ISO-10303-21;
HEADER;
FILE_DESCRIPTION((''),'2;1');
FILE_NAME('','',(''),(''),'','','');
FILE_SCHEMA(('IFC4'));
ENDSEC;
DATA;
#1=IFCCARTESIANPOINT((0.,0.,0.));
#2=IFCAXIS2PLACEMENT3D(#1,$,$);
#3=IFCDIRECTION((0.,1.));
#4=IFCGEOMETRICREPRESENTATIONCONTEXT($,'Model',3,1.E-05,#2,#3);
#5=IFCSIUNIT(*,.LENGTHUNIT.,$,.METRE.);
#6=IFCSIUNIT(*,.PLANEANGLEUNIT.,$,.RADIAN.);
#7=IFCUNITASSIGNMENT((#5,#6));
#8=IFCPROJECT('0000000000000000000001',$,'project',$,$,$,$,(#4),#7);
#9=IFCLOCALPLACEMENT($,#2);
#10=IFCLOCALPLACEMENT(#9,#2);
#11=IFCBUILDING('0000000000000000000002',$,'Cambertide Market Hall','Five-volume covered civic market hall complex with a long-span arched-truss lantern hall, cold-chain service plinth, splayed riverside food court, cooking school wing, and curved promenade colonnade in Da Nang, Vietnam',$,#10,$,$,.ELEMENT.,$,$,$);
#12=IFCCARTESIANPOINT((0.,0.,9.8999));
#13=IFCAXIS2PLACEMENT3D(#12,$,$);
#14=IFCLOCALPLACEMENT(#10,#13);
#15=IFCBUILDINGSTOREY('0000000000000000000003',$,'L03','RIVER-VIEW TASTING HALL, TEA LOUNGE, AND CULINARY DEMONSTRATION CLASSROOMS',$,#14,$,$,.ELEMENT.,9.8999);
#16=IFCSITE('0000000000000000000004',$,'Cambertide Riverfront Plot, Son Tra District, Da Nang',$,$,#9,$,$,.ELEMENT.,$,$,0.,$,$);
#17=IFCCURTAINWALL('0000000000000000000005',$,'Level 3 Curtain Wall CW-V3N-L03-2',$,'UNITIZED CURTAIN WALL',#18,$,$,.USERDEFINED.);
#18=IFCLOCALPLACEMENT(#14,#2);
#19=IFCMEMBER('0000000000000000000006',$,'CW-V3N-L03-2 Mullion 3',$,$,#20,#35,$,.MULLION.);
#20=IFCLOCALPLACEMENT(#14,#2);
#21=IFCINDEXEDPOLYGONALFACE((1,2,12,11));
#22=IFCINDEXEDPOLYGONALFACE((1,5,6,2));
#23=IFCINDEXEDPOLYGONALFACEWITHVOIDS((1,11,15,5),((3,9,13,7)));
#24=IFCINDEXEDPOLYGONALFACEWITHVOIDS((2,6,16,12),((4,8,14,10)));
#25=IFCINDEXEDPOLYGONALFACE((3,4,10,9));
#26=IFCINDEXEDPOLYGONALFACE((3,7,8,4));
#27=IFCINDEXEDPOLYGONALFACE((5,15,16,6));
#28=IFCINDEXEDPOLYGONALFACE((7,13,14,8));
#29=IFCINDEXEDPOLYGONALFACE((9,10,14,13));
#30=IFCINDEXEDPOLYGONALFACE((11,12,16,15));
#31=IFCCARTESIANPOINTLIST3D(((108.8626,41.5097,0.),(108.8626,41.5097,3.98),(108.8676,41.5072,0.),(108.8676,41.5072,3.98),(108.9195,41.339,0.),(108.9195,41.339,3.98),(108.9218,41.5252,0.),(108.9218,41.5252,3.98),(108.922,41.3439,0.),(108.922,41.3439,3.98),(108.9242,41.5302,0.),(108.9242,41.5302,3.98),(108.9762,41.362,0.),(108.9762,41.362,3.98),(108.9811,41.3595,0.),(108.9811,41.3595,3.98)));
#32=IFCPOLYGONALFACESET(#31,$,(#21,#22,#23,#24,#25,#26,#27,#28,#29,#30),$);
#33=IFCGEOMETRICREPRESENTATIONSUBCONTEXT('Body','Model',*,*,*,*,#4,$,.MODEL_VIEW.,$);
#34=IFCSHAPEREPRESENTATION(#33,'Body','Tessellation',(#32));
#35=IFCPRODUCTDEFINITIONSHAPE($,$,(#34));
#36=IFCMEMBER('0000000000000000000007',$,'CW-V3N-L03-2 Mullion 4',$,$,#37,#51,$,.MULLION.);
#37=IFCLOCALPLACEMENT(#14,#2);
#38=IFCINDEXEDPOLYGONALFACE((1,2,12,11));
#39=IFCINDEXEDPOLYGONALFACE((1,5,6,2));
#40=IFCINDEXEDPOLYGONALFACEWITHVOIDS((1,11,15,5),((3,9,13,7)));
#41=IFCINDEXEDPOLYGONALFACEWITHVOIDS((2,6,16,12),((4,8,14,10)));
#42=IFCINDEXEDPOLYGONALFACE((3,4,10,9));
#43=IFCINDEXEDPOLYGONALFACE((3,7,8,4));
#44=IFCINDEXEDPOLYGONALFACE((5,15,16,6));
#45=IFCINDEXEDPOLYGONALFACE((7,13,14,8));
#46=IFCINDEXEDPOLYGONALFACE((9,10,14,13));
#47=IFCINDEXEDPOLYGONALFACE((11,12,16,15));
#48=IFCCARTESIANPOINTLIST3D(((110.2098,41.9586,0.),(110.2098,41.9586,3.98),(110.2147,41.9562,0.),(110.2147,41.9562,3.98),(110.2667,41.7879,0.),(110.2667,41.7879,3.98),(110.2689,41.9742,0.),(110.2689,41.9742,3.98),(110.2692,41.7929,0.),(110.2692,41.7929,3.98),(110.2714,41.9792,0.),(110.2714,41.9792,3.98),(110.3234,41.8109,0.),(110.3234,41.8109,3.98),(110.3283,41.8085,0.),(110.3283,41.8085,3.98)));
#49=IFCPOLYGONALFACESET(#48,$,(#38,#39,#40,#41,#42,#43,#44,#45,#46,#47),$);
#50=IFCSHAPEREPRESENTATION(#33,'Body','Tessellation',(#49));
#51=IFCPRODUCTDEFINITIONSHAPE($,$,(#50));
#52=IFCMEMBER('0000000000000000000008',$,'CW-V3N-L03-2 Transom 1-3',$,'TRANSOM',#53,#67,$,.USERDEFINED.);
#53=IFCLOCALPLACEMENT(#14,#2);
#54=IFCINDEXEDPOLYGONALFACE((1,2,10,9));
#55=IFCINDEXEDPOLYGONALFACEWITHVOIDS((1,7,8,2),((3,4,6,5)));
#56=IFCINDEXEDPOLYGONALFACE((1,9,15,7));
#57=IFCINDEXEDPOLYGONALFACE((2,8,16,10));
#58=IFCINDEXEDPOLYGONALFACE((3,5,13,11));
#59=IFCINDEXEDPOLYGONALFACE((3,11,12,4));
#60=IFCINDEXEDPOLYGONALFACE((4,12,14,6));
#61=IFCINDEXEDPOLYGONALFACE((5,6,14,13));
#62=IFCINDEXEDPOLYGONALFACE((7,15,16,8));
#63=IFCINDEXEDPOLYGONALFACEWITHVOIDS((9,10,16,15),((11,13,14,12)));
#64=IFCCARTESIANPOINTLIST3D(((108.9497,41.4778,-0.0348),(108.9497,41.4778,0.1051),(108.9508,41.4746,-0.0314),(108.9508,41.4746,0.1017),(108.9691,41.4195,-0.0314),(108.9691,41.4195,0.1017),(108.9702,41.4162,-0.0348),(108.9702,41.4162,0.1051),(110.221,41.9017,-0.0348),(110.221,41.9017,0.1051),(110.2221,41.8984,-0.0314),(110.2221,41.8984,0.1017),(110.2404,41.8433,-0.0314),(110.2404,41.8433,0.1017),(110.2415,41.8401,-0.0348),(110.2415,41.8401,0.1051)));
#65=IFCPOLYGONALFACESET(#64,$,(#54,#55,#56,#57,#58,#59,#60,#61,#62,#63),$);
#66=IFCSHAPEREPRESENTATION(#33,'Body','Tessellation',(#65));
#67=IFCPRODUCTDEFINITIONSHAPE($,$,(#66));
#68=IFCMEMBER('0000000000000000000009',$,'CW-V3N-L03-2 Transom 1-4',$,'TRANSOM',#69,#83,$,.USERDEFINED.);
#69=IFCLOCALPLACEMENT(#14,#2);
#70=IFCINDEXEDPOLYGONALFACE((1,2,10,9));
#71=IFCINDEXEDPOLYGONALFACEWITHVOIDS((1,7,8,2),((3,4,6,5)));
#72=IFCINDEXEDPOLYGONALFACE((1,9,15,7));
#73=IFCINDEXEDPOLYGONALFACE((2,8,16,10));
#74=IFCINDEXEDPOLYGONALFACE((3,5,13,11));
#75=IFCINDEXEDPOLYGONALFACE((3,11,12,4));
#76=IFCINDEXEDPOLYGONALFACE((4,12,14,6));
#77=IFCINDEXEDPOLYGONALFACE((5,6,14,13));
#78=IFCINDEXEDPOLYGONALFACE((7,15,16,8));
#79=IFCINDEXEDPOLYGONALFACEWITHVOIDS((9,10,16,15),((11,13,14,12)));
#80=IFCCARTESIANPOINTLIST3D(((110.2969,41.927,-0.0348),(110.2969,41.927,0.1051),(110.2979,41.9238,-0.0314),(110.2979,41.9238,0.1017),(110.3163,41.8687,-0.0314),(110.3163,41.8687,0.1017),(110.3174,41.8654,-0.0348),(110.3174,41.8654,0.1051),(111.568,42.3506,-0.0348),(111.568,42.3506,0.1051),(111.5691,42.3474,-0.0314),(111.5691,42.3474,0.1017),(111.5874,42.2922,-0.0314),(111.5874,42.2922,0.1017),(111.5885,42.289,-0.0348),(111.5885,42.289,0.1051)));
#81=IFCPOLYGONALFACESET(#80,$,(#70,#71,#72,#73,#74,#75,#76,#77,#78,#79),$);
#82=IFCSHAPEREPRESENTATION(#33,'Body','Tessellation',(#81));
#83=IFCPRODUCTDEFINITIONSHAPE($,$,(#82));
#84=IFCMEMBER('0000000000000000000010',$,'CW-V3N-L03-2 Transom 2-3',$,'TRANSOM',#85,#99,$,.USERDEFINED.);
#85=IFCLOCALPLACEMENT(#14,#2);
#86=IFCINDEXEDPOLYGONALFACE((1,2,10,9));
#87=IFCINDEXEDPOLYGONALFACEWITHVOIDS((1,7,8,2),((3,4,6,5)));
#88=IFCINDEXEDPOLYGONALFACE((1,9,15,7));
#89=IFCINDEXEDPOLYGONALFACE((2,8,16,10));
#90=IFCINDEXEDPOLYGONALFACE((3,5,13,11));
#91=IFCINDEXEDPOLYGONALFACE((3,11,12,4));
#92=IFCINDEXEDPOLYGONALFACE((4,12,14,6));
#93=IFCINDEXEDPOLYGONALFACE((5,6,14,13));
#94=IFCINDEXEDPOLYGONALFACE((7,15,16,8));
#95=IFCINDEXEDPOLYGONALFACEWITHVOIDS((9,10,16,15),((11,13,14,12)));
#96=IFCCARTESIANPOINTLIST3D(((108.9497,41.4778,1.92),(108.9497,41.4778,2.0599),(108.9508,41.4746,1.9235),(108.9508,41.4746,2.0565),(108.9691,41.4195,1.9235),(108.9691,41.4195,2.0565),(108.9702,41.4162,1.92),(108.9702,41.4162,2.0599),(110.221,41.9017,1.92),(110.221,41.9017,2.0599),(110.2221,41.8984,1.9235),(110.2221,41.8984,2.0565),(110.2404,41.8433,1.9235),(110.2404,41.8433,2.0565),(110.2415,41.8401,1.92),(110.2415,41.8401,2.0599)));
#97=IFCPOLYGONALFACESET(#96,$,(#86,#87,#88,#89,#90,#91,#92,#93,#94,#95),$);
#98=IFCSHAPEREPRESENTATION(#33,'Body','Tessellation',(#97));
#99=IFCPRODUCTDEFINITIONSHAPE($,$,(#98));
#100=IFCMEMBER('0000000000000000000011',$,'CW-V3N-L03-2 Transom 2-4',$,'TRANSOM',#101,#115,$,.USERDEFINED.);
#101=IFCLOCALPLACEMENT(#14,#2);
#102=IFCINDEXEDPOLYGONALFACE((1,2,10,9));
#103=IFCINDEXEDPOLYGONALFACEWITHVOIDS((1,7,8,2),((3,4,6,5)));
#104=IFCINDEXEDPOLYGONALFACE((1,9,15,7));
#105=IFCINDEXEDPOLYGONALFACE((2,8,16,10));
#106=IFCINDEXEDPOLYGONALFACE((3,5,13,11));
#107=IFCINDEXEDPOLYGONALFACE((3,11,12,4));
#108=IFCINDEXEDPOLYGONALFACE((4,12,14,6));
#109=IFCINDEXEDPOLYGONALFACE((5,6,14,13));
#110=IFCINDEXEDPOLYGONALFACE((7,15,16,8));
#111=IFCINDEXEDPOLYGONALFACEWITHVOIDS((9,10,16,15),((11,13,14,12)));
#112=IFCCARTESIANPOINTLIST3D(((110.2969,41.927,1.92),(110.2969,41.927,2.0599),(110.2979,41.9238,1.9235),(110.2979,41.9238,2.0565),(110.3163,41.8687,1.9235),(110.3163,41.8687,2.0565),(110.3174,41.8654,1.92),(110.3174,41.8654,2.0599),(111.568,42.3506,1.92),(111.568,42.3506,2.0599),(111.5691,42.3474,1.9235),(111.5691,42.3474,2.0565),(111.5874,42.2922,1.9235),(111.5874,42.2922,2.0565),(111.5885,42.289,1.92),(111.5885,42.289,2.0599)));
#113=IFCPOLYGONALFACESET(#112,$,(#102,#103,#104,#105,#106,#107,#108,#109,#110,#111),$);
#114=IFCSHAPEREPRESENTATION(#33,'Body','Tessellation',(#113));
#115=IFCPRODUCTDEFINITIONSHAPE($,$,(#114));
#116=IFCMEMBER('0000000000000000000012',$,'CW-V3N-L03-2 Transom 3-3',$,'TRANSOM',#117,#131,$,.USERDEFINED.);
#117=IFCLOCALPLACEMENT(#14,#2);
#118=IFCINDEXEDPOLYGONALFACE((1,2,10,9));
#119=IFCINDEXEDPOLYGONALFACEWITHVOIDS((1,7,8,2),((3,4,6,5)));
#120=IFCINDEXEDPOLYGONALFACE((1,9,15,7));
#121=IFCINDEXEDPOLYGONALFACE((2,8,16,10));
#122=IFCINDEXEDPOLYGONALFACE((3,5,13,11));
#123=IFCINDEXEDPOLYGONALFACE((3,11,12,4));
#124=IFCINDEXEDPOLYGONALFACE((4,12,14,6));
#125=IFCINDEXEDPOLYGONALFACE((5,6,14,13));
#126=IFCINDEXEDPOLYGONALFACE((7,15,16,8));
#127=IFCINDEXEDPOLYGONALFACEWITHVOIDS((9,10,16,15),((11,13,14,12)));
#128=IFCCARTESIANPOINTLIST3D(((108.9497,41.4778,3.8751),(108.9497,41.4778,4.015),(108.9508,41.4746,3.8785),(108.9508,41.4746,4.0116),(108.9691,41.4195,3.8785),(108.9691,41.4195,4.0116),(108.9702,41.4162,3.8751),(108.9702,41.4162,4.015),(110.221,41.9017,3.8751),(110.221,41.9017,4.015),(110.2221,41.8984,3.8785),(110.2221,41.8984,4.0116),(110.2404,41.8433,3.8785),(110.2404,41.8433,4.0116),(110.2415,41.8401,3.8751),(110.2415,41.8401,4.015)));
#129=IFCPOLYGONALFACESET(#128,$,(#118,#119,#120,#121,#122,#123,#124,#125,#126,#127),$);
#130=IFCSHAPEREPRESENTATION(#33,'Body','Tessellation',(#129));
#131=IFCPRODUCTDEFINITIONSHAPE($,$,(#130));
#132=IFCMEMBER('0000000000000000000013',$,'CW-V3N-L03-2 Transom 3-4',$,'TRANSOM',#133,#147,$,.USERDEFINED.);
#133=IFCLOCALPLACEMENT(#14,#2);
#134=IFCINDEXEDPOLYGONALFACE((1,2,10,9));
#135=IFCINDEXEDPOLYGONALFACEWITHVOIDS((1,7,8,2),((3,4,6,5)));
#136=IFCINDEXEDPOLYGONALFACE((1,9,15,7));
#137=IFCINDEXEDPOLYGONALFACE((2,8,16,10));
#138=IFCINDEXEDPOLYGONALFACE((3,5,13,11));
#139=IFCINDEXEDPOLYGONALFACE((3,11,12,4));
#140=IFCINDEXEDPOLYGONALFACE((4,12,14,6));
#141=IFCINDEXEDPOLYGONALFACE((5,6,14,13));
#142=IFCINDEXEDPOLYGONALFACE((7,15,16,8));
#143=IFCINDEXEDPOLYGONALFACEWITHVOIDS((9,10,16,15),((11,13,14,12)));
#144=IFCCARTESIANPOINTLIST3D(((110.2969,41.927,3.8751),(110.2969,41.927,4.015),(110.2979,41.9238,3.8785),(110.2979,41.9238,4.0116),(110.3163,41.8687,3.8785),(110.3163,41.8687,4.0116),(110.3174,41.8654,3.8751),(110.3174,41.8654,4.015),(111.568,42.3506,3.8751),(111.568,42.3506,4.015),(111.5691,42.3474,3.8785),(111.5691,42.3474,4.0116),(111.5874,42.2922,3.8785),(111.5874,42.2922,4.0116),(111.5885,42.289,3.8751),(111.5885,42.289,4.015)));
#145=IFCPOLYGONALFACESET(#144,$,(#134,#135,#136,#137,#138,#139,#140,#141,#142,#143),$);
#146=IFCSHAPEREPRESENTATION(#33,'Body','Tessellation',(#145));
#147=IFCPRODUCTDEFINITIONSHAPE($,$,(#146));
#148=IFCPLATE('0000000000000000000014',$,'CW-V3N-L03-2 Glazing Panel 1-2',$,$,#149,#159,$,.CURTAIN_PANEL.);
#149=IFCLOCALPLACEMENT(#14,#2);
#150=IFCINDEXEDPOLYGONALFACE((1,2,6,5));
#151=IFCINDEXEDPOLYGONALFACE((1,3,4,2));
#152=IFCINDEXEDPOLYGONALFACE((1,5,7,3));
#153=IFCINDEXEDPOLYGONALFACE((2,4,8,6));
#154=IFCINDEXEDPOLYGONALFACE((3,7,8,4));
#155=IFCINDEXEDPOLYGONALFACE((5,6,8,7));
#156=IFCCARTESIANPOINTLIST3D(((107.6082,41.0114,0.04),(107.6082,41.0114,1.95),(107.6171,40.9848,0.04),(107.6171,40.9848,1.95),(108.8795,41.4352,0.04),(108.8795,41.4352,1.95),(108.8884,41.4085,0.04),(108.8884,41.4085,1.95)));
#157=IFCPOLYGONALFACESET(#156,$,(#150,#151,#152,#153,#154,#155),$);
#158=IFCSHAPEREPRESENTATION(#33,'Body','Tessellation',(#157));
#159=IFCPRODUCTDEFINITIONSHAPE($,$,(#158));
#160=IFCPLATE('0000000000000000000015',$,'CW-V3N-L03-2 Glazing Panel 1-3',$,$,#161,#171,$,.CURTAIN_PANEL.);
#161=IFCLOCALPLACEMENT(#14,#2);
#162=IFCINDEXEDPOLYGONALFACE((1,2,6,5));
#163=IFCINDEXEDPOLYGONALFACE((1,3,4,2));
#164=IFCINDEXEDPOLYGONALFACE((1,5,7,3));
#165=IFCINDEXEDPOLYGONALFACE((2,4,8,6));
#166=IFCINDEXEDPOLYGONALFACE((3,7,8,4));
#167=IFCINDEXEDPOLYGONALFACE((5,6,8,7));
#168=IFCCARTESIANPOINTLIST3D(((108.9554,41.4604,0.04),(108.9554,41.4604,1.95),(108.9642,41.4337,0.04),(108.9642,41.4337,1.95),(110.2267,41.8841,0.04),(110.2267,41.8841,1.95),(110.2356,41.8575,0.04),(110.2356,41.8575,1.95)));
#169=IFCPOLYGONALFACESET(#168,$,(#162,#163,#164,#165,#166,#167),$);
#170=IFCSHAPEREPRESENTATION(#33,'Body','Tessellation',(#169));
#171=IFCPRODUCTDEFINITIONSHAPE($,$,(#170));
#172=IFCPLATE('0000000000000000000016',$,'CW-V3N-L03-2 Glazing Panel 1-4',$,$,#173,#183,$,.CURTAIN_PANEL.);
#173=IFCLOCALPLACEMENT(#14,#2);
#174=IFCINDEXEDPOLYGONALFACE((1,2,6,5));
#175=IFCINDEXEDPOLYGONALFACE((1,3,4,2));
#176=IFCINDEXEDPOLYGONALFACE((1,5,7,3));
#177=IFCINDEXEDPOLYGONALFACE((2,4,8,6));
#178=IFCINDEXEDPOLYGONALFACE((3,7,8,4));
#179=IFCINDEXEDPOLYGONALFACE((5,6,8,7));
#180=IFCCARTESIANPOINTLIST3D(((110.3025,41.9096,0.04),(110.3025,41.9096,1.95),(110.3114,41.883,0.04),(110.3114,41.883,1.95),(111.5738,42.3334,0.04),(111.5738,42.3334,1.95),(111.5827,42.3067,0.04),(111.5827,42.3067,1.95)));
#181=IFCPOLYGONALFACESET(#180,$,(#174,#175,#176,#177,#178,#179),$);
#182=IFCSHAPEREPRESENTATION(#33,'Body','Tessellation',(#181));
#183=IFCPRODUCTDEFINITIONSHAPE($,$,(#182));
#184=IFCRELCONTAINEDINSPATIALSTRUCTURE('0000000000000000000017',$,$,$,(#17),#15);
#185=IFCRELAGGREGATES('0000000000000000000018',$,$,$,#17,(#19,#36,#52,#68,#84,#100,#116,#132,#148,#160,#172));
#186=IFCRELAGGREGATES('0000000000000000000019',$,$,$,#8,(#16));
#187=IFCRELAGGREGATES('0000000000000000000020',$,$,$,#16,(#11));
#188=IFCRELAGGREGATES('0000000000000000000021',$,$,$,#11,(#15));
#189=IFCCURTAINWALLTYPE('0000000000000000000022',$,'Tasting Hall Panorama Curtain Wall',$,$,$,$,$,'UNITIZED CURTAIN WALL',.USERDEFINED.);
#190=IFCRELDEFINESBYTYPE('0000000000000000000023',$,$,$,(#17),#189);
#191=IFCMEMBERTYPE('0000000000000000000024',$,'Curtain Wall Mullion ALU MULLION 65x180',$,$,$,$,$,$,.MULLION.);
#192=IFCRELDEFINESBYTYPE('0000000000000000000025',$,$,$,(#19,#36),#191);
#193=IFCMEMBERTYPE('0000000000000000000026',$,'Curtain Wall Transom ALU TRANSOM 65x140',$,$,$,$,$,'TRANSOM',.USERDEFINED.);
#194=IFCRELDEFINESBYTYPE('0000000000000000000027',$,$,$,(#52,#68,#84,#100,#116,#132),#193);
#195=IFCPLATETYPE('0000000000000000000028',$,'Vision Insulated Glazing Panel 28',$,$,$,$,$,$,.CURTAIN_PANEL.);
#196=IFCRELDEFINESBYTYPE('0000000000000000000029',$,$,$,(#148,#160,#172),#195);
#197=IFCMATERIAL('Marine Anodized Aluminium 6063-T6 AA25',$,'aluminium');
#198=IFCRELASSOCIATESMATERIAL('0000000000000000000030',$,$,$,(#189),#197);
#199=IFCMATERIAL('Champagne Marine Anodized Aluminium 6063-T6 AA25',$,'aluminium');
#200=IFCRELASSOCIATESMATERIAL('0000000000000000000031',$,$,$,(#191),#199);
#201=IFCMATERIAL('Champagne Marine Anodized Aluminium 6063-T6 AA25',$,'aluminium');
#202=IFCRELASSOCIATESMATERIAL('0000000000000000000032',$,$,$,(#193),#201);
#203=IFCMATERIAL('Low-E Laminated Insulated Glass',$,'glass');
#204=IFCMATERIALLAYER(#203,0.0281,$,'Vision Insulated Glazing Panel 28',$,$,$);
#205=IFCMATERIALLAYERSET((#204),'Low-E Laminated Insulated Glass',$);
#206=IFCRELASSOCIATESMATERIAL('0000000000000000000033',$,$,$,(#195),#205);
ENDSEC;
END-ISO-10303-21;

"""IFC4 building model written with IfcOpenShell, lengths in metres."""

from ifc_helpers import new_model, si_unit, direction, frame, origin, origin_2d, place, context, subcontext, project, spatial, rectangle, hollow_rectangle, extrude, material, layer, layer_set, material_profile, profile_set, type_object, element, aggregate, save


model = new_model("IFC4")

# Units and contexts
model_context = context("Model", 3, precision=1e-05, world=origin(), true_north=direction((0.0, 1.0)))
body_context = subcontext(model_context, "Body", "Model", "MODEL_VIEW")
ifc_project = project(units=[si_unit("LENGTHUNIT", "METRE"), si_unit("PLANEANGLEUNIT", "RADIAN")], contexts=[model_context])

# Site, building, storey
site_placement = place(None, origin())
site = spatial("IfcSite", under=ifc_project, at=site_placement, Name="Cambertide Riverfront Plot, Son Tra District, Da Nang", CompositionType="ELEMENT", RefElevation=0.0)
building_placement = place(site_placement, origin())
building = spatial("IfcBuilding", under=site, at=building_placement, Name="Cambertide Market Hall", Description="Five-volume covered civic market hall complex with a long-span arched-truss lantern hall, cold-chain service plinth, splayed riverside food court, cooking school wing, and curved promenade colonnade in Da Nang, Vietnam", CompositionType="ELEMENT")
storey_placement = place(building_placement, frame((0.0, 0.0, 9.8999)))
storey = spatial("IfcBuildingStorey", under=building, at=storey_placement, Name="L03", Description="RIVER-VIEW TASTING HALL, TEA LOUNGE, AND CULINARY DEMONSTRATION CLASSROOMS", CompositionType="ELEMENT", Elevation=9.8999)

# Curtain wall, members, plates
ifc_material_1 = material(Name="Marine Anodized Aluminium 6063-T6 AA25", Category="aluminium")
curtain_wall_type = type_object("IfcCurtainWallType", Name="Tasting Hall Panorama Curtain Wall", ElementType="UNITIZED CURTAIN WALL", PredefinedType="USERDEFINED", material=ifc_material_1)
curtain_wall_placement = place(storey_placement, origin())
curtain_wall = element("IfcCurtainWall", 1, at=curtain_wall_placement, inside=storey, type_object=curtain_wall_type, Name="Level 3 Curtain Wall CW-V3N-L03-2", ObjectType="UNITIZED CURTAIN WALL", PredefinedType="USERDEFINED")
ifc_material_2 = material(Name="Champagne Marine Anodized Aluminium 6063-T6 AA25", Category="aluminium")
ifc_material_profile_1 = material_profile(ifc_material_2, hollow_rectangle(XDim=0.0649, YDim=0.1799, WallThickness=0.0039, at=origin_2d()), Name="ALU MULLION 65x180")
ifc_profile_set_1 = profile_set([ifc_material_profile_1], Name="Champagne Marine Anodized Aluminium 6063-T6 AA25")
member_type_1 = type_object("IfcMemberType", Name="Curtain Wall Mullion ALU MULLION 65x180", PredefinedType="MULLION", material=ifc_profile_set_1)
member_1_placement = place(storey_placement, frame((108.9219, 41.4346, 0.0), z_axis=(0.0, 0.0, 1.0), x_axis=(0.948683, 0.316228, 0.0)))
member_1 = element("IfcMember", 2, at=member_1_placement, type_object=member_type_1, Name="CW-V3N-L03-2 Mullion 3", PredefinedType="MULLION", context=body_context, shape_type="SweptSolid", body=[
    extrude(hollow_rectangle(XDim=0.0649, YDim=0.1799, WallThickness=0.0039, at=origin_2d()), origin(), (0.0, 0.0, 1.0), 3.98),
])
member_2_placement = place(storey_placement, frame((110.269, 41.8835, 0.0), z_axis=(0.0, 0.0, 1.0), x_axis=(0.948683, 0.316228, 0.0)))
member_2 = element("IfcMember", 3, at=member_2_placement, type_object=member_type_1, Name="CW-V3N-L03-2 Mullion 4", PredefinedType="MULLION", context=body_context, shape_type="SweptSolid", body=[
    extrude(hollow_rectangle(XDim=0.0649, YDim=0.1799, WallThickness=0.0039, at=origin_2d()), origin(), (0.0, 0.0, 1.0), 3.98),
])
ifc_material_3 = material(Name="Champagne Marine Anodized Aluminium 6063-T6 AA25", Category="aluminium")
ifc_material_profile_2 = material_profile(ifc_material_3, hollow_rectangle(XDim=0.0649, YDim=0.1399, WallThickness=0.0034, at=origin_2d()), Name="ALU TRANSOM 65x140")
ifc_profile_set_2 = profile_set([ifc_material_profile_2], Name="Champagne Marine Anodized Aluminium 6063-T6 AA25")
member_type_2 = type_object("IfcMemberType", Name="Curtain Wall Transom ALU TRANSOM 65x140", ElementType="TRANSOM", PredefinedType="USERDEFINED", material=ifc_profile_set_2)
member_3_placement = place(storey_placement, frame((108.96, 41.447, 0.0352), z_axis=(0.948665, 0.316282, 0.0), x_axis=(-0.316282, 0.948665, 0.0)))
member_3 = element("IfcMember", 4, at=member_3_placement, type_object=member_type_2, Name="CW-V3N-L03-2 Transom 1-3", ObjectType="TRANSOM", PredefinedType="USERDEFINED", context=body_context, shape_type="SweptSolid", body=[
    extrude(hollow_rectangle(XDim=0.0649, YDim=0.1399, WallThickness=0.0034, at=origin_2d()), origin(), (0.0, 0.0, 1.0), 1.3401),
])
member_4_placement = place(storey_placement, frame((110.3071, 41.8962, 0.0352), z_axis=(0.94872, 0.316118, 0.0), x_axis=(-0.316118, 0.94872, 0.0)))
member_4 = element("IfcMember", 5, at=member_4_placement, type_object=member_type_2, Name="CW-V3N-L03-2 Transom 1-4", ObjectType="TRANSOM", PredefinedType="USERDEFINED", context=body_context, shape_type="SweptSolid", body=[
    extrude(hollow_rectangle(XDim=0.0649, YDim=0.1399, WallThickness=0.0034, at=origin_2d()), origin(), (0.0, 0.0, 1.0), 1.3398),
])
member_5_placement = place(storey_placement, frame((108.96, 41.447, 1.99), z_axis=(0.948665, 0.316282, 0.0), x_axis=(-0.316282, 0.948665, 0.0)))
member_5 = element("IfcMember", 6, at=member_5_placement, type_object=member_type_2, Name="CW-V3N-L03-2 Transom 2-3", ObjectType="TRANSOM", PredefinedType="USERDEFINED", context=body_context, shape_type="SweptSolid", body=[
    extrude(hollow_rectangle(XDim=0.0649, YDim=0.1399, WallThickness=0.0034, at=origin_2d()), origin(), (0.0, 0.0, 1.0), 1.3401),
])
member_6_placement = place(storey_placement, frame((110.3071, 41.8962, 1.99), z_axis=(0.94872, 0.316118, 0.0), x_axis=(-0.316118, 0.94872, 0.0)))
member_6 = element("IfcMember", 7, at=member_6_placement, type_object=member_type_2, Name="CW-V3N-L03-2 Transom 2-4", ObjectType="TRANSOM", PredefinedType="USERDEFINED", context=body_context, shape_type="SweptSolid", body=[
    extrude(hollow_rectangle(XDim=0.0649, YDim=0.1399, WallThickness=0.0034, at=origin_2d()), origin(), (0.0, 0.0, 1.0), 1.3398),
])
member_7_placement = place(storey_placement, frame((108.96, 41.447, 3.9451), z_axis=(0.948665, 0.316282, 0.0), x_axis=(-0.316282, 0.948665, 0.0)))
member_7 = element("IfcMember", 8, at=member_7_placement, type_object=member_type_2, Name="CW-V3N-L03-2 Transom 3-3", ObjectType="TRANSOM", PredefinedType="USERDEFINED", context=body_context, shape_type="SweptSolid", body=[
    extrude(hollow_rectangle(XDim=0.0649, YDim=0.1399, WallThickness=0.0034, at=origin_2d()), origin(), (0.0, 0.0, 1.0), 1.3401),
])
member_8_placement = place(storey_placement, frame((110.3071, 41.8962, 3.9451), z_axis=(0.94872, 0.316118, 0.0), x_axis=(-0.316118, 0.94872, 0.0)))
member_8 = element("IfcMember", 9, at=member_8_placement, type_object=member_type_2, Name="CW-V3N-L03-2 Transom 3-4", ObjectType="TRANSOM", PredefinedType="USERDEFINED", context=body_context, shape_type="SweptSolid", body=[
    extrude(hollow_rectangle(XDim=0.0649, YDim=0.1399, WallThickness=0.0034, at=origin_2d()), origin(), (0.0, 0.0, 1.0), 1.3398),
])
ifc_material_4 = material(Name="Low-E Laminated Insulated Glass", Category="glass")
ifc_layer_1 = layer(ifc_material_4, 0.0281, Name="Vision Insulated Glazing Panel 28")
ifc_layer_set_1 = layer_set([ifc_layer_1], Name="Low-E Laminated Insulated Glass")
plate_type = type_object("IfcPlateType", Name="Vision Insulated Glazing Panel 28", PredefinedType="CURTAIN_PANEL", material=ifc_layer_set_1)
plate_1_placement = place(storey_placement, frame((108.2483, 41.21, 0.04), z_axis=(0.0, 0.0, 1.0), x_axis=(0.948683, 0.316228, 0.0)))
plate_1 = element("IfcPlate", 10, at=plate_1_placement, type_object=plate_type, Name="CW-V3N-L03-2 Glazing Panel 1-2", PredefinedType="CURTAIN_PANEL", context=body_context, shape_type="SweptSolid", body=[
    extrude(rectangle(XDim=1.3401, YDim=0.0281, at=origin_2d()), origin(), (0.0, 0.0, 1.0), 1.9099),
])
plate_2_placement = place(storey_placement, frame((109.5955, 41.6589, 0.04), z_axis=(0.0, 0.0, 1.0), x_axis=(0.948683, 0.316228, 0.0)))
plate_2 = element("IfcPlate", 11, at=plate_2_placement, type_object=plate_type, Name="CW-V3N-L03-2 Glazing Panel 1-3", PredefinedType="CURTAIN_PANEL", context=body_context, shape_type="SweptSolid", body=[
    extrude(rectangle(XDim=1.3401, YDim=0.0281, at=origin_2d()), origin(), (0.0, 0.0, 1.0), 1.9099),
])
plate_3_placement = place(storey_placement, frame((110.9426, 42.1082, 0.04), z_axis=(0.0, 0.0, 1.0), x_axis=(0.948683, 0.316228, 0.0)))
plate_3 = element("IfcPlate", 12, at=plate_3_placement, type_object=plate_type, Name="CW-V3N-L03-2 Glazing Panel 1-4", PredefinedType="CURTAIN_PANEL", context=body_context, shape_type="SweptSolid", body=[
    extrude(rectangle(XDim=1.3401, YDim=0.0281, at=origin_2d()), origin(), (0.0, 0.0, 1.0), 1.9099),
])
aggregate(curtain_wall, [member_1, member_2, member_3, member_4, member_5, member_6, member_7, member_8, plate_1, plate_2, plate_3])

save(model, "model.ifc")
